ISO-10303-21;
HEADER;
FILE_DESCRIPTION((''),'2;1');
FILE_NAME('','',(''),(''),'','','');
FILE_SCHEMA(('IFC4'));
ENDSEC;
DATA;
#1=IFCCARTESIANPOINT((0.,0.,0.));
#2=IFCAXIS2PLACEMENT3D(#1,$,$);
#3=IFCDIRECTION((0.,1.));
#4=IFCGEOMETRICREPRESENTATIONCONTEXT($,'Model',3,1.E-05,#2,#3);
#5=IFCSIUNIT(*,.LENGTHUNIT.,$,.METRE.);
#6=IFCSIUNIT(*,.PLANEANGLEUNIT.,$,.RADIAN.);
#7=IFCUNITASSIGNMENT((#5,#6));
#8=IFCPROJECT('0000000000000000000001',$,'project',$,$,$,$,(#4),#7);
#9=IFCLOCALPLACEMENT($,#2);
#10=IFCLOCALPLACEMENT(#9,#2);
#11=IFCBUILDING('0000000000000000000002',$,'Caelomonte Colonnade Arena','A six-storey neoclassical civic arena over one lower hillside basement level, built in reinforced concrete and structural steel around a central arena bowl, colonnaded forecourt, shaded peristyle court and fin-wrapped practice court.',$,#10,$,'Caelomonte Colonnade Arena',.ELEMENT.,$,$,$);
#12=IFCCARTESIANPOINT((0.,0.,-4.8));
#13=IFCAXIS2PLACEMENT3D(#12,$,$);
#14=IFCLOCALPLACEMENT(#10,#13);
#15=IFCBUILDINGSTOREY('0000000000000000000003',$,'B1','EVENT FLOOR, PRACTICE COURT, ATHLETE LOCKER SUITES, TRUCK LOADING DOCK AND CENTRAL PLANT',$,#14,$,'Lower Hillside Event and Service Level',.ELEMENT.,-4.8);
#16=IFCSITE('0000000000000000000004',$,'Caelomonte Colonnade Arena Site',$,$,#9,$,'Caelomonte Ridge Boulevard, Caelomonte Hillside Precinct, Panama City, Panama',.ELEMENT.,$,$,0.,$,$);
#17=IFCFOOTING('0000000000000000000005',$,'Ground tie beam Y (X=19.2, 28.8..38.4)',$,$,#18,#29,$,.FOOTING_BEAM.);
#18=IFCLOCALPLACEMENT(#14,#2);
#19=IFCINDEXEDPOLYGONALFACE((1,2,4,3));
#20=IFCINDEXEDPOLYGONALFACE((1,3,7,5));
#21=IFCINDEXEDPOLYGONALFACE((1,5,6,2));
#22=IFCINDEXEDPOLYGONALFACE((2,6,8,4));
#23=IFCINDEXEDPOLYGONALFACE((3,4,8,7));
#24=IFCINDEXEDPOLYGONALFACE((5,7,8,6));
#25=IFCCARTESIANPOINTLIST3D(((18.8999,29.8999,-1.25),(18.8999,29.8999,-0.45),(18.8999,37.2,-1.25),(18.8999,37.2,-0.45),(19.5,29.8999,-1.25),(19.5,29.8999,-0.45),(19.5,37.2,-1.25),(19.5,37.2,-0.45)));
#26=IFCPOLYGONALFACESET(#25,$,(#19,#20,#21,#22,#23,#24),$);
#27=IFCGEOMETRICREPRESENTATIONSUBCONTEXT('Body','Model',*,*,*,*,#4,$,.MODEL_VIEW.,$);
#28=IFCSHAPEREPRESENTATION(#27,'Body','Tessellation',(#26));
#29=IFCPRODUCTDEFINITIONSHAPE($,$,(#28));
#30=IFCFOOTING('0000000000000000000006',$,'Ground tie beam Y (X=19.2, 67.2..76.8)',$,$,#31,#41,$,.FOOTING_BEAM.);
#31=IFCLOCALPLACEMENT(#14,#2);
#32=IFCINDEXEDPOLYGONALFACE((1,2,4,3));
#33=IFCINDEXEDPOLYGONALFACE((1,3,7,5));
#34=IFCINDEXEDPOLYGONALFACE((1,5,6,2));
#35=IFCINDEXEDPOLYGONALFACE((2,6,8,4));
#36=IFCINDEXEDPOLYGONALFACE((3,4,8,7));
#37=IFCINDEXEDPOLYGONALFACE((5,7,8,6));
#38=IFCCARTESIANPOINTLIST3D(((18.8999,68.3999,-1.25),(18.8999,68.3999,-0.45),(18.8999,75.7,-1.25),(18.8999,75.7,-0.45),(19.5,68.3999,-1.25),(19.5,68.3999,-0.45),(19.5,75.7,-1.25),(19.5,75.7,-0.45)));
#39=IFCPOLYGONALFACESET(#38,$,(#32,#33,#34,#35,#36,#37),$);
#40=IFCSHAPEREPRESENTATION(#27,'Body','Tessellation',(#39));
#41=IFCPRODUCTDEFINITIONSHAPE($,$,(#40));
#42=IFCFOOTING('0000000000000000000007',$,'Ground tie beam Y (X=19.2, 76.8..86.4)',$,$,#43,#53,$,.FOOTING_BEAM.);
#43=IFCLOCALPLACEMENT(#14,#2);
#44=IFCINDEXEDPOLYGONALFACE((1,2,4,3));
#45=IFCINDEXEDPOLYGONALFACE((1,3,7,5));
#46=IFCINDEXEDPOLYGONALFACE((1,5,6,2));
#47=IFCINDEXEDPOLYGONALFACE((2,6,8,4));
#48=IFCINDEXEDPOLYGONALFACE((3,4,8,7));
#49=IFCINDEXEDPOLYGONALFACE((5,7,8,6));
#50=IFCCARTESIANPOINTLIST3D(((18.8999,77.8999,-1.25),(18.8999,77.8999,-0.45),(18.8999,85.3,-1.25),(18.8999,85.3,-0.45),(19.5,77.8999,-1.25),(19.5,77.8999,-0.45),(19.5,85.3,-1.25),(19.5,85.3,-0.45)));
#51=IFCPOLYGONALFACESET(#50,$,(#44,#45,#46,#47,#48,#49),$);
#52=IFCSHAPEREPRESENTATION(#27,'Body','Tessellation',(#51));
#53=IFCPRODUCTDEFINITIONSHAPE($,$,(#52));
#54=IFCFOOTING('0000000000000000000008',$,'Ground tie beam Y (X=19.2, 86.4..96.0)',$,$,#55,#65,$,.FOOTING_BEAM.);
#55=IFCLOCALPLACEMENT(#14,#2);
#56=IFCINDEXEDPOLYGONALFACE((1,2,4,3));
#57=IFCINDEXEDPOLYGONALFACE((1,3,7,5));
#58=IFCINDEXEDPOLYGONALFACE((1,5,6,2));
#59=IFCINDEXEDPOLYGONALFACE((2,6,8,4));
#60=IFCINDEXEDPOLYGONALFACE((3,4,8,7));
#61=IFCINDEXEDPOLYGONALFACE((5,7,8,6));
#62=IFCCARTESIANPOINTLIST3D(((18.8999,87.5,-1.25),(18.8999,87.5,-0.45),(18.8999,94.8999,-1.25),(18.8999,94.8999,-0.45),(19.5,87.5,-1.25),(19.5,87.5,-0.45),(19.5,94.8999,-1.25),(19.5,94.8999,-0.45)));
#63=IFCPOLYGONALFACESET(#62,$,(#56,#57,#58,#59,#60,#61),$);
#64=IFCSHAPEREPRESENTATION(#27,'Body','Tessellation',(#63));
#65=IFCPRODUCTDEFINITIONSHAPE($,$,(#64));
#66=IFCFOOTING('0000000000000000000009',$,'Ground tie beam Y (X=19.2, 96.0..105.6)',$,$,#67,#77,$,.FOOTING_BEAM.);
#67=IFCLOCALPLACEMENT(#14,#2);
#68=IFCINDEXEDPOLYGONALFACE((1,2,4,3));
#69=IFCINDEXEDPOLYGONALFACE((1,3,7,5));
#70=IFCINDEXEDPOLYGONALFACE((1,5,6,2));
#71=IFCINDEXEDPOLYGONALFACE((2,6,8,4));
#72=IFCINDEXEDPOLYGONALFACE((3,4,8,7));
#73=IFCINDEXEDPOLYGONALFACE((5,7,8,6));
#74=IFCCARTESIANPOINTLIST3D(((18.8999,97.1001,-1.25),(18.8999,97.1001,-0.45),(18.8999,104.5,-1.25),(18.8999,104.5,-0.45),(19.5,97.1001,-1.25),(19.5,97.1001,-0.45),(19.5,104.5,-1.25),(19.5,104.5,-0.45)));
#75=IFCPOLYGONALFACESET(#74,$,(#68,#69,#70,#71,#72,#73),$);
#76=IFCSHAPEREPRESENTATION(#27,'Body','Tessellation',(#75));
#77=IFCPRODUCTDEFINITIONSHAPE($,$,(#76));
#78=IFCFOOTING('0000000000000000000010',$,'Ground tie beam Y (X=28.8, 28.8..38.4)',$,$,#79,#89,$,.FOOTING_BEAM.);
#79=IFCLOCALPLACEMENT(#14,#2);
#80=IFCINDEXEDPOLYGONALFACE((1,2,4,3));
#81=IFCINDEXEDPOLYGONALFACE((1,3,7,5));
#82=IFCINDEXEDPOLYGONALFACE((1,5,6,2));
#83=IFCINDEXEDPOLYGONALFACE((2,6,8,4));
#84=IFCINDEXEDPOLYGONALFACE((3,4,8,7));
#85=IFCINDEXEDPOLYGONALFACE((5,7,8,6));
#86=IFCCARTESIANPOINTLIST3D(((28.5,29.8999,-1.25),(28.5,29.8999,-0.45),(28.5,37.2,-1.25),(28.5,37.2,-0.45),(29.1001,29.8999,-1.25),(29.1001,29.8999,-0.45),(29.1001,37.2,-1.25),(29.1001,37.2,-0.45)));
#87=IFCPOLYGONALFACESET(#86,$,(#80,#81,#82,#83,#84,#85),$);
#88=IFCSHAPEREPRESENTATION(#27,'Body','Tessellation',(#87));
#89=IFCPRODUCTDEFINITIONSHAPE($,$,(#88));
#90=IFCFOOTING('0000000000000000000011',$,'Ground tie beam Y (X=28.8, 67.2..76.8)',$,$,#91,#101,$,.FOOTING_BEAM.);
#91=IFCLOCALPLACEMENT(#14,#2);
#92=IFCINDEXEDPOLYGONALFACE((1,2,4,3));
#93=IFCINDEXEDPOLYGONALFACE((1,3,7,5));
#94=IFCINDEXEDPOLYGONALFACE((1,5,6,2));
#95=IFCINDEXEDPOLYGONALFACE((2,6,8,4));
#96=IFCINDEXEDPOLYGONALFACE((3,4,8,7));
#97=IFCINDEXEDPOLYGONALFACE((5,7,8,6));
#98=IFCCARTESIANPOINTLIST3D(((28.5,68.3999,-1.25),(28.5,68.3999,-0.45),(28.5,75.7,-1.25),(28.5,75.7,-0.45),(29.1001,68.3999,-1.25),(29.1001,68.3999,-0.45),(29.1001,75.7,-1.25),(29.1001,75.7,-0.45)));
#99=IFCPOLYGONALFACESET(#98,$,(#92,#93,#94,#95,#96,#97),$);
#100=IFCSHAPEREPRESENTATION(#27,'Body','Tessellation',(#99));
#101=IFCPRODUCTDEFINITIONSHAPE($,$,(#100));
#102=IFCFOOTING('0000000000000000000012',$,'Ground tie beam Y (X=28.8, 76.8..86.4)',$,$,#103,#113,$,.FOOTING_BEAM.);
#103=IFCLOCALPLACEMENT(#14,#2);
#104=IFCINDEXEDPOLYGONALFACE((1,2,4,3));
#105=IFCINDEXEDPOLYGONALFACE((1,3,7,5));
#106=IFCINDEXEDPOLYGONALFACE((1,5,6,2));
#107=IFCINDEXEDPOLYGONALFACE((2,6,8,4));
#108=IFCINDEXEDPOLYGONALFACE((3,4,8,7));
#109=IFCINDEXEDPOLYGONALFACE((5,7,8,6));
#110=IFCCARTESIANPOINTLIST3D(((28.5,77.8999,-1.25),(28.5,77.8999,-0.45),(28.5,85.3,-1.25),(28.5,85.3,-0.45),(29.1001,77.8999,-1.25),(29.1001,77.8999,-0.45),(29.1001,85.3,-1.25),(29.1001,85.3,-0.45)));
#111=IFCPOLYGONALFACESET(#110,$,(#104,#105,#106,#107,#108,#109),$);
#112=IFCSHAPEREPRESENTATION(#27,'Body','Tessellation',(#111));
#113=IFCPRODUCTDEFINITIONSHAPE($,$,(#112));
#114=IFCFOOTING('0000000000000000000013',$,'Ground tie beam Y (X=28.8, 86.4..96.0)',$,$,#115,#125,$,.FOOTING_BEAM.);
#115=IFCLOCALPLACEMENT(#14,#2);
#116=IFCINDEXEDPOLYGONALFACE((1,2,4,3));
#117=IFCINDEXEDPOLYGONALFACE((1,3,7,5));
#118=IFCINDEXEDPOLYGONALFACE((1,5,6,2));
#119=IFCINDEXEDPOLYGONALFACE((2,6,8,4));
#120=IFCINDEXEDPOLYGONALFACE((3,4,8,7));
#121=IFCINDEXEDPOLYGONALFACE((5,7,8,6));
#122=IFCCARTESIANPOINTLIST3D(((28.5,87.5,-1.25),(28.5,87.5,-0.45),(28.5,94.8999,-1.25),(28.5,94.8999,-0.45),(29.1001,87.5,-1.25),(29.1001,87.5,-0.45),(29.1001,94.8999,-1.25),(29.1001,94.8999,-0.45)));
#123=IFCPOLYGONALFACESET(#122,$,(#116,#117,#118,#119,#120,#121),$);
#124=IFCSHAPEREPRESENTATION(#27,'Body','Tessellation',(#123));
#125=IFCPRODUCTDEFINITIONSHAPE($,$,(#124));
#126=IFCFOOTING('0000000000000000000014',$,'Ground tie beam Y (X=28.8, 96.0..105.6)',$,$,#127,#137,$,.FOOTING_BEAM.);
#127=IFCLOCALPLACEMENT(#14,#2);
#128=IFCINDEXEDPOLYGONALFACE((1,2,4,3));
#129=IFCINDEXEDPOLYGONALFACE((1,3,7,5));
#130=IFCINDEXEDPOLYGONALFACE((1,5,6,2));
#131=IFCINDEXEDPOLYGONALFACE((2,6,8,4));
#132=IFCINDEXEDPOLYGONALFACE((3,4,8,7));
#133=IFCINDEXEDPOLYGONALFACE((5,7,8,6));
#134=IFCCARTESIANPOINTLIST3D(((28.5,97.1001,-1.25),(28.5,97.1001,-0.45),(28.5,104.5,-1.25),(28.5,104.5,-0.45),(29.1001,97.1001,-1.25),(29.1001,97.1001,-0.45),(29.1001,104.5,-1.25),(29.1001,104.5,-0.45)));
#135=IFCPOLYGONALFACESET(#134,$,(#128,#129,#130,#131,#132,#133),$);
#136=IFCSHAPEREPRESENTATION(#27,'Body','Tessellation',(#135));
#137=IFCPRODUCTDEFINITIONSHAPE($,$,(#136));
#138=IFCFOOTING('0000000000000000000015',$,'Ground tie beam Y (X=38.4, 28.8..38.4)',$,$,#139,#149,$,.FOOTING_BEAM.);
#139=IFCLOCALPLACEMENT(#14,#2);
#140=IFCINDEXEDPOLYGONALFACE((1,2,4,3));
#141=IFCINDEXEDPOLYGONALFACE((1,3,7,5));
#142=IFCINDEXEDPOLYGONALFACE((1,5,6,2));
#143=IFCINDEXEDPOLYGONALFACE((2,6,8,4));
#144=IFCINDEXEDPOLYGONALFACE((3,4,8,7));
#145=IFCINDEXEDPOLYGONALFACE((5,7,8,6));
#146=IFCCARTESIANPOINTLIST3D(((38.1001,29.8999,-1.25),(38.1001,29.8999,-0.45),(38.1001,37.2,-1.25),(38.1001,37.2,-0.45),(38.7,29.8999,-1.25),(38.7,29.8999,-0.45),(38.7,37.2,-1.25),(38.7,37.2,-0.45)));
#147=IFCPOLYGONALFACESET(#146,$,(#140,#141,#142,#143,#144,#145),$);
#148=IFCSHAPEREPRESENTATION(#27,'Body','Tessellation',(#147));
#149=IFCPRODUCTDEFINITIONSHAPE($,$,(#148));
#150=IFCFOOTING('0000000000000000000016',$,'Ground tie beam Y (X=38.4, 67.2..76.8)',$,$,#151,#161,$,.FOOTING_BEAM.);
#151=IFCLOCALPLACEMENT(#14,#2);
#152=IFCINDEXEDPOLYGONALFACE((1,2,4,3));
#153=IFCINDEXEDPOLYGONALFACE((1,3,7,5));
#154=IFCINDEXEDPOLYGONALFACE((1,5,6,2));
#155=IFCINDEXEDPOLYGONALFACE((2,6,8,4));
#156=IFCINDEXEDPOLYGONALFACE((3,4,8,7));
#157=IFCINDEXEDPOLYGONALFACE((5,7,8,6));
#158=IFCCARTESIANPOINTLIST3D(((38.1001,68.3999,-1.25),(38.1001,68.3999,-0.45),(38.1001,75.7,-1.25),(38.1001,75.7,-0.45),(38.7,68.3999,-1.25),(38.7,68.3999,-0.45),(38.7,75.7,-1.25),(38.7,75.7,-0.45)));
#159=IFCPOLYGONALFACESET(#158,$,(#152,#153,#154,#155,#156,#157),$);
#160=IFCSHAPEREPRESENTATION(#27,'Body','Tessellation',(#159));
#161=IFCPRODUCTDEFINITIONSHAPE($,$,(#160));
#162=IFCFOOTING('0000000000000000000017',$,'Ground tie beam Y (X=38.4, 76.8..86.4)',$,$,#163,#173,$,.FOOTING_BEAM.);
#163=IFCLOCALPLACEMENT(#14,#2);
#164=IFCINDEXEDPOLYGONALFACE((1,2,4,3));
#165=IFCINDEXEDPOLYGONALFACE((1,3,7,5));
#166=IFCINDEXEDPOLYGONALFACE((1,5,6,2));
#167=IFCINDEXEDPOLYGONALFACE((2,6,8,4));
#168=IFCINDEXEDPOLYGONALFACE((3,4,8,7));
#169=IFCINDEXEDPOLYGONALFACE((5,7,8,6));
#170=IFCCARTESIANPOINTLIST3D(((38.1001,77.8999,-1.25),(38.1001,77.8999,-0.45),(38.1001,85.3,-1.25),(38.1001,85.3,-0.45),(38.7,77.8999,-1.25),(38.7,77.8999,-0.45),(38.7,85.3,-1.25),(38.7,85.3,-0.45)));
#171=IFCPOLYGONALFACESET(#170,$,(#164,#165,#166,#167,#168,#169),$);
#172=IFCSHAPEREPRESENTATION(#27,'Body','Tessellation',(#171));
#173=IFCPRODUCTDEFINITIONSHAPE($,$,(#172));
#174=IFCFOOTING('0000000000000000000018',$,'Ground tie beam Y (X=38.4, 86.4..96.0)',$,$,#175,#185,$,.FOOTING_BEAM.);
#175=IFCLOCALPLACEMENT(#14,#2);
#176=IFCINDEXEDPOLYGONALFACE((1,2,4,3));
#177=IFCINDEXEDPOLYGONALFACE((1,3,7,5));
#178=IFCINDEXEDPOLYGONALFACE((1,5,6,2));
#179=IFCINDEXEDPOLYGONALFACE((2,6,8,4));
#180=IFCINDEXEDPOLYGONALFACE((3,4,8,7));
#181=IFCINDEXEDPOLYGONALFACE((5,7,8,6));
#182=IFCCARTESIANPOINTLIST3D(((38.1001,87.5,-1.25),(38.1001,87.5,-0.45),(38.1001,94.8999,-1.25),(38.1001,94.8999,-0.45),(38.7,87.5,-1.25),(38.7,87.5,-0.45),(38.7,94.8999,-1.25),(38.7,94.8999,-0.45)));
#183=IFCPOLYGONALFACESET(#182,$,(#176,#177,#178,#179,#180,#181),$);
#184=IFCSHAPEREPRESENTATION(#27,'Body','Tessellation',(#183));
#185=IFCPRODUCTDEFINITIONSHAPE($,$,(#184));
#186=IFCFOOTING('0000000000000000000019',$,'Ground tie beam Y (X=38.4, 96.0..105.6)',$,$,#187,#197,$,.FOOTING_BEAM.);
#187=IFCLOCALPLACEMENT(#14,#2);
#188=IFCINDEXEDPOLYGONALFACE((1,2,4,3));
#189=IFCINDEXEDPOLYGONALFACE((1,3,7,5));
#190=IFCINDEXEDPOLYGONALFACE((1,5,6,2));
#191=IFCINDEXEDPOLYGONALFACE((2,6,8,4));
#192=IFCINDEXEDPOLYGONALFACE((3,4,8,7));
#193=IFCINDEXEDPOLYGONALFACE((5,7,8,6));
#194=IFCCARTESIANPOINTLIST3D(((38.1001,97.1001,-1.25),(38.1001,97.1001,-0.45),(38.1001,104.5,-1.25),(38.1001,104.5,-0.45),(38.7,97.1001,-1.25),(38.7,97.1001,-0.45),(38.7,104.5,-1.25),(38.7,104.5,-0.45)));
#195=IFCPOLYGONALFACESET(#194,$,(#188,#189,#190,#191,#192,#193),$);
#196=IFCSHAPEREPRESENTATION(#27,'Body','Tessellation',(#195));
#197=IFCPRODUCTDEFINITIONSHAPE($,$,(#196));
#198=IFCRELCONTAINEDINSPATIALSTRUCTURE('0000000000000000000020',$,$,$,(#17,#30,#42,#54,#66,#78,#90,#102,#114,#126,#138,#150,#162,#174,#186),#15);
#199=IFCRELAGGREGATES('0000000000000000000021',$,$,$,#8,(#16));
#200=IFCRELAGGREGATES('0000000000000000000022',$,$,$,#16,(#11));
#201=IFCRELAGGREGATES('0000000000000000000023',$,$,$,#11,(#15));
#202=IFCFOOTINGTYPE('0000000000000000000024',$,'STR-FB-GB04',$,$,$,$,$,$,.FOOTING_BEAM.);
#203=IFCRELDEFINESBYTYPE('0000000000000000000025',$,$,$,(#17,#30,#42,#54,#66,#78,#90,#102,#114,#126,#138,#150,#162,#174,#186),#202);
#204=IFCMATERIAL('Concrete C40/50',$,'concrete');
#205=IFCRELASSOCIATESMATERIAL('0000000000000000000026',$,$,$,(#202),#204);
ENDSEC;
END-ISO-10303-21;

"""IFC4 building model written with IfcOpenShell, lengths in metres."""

from ifc_helpers import new_model, si_unit, direction, frame, origin, place, context, subcontext, project, spatial, polyline, outline, extrude, material, type_object, element, save


model = new_model("IFC4")

# Units and contexts
model_context = context("Model", 3, precision=1e-05, world=origin(), true_north=direction((0.0, 1.0)))
body_context = subcontext(model_context, "Body", "Model", "MODEL_VIEW")
ifc_project = project(units=[si_unit("LENGTHUNIT", "METRE"), si_unit("PLANEANGLEUNIT", "RADIAN")], contexts=[model_context])

# Site, building, storey
site_placement = place(None, origin())
site = spatial("IfcSite", under=ifc_project, at=site_placement, Name="Caelomonte Colonnade Arena Site", LongName="Caelomonte Ridge Boulevard, Caelomonte Hillside Precinct, Panama City, Panama", CompositionType="ELEMENT", RefElevation=0.0)
building_placement = place(site_placement, origin())
building = spatial("IfcBuilding", under=site, at=building_placement, Name="Caelomonte Colonnade Arena", Description="A six-storey neoclassical civic arena over one lower hillside basement level, built in reinforced concrete and structural steel around a central arena bowl, colonnaded forecourt, shaded peristyle court and fin-wrapped practice court.", LongName="Caelomonte Colonnade Arena", CompositionType="ELEMENT")
storey_placement = place(building_placement, frame((0.0, 0.0, -4.8)))
storey = spatial("IfcBuildingStorey", under=building, at=storey_placement, Name="B1", Description="EVENT FLOOR, PRACTICE COURT, ATHLETE LOCKER SUITES, TRUCK LOADING DOCK AND CENTRAL PLANT", LongName="Lower Hillside Event and Service Level", CompositionType="ELEMENT", Elevation=-4.8)

# Footings
ifc_material = material(Name="Concrete C40/50", Category="concrete")
footing_type = type_object("IfcFootingType", Name="STR-FB-GB04", PredefinedType="FOOTING_BEAM", material=ifc_material)
footing_1_placement = place(storey_placement, frame((0.0, 0.0, -1.25)))
element("IfcFooting", 1, at=footing_1_placement, inside=storey, type_object=footing_type, Name="Ground tie beam Y (X=19.2, 28.8..38.4)", PredefinedType="FOOTING_BEAM", context=body_context, shape_type="SweptSolid", body=[
    extrude(outline(polyline([(18.8999, 29.8999), (19.5, 29.8999), (19.5, 37.2), (18.8999, 37.2), (18.8999, 29.8999)])), origin(), (0.0, 0.0, 1.0), 0.8),
])
footing_2_placement = place(storey_placement, frame((0.0, 0.0, -1.25)))
element("IfcFooting", 2, at=footing_2_placement, inside=storey, type_object=footing_type, Name="Ground tie beam Y (X=19.2, 67.2..76.8)", PredefinedType="FOOTING_BEAM", context=body_context, shape_type="SweptSolid", body=[
    extrude(outline(polyline([(18.8999, 68.3999), (19.5, 68.3999), (19.5, 75.7), (18.8999, 75.7), (18.8999, 68.3999)])), origin(), (0.0, 0.0, 1.0), 0.8),
])
footing_3_placement = place(storey_placement, frame((0.0, 0.0, -1.25)))
element("IfcFooting", 3, at=footing_3_placement, inside=storey, type_object=footing_type, Name="Ground tie beam Y (X=19.2, 76.8..86.4)", PredefinedType="FOOTING_BEAM", context=body_context, shape_type="SweptSolid", body=[
    extrude(outline(polyline([(18.8999, 77.8999), (19.5, 77.8999), (19.5, 85.3), (18.8999, 85.3), (18.8999, 77.8999)])), origin(), (0.0, 0.0, 1.0), 0.8),
])
footing_4_placement = place(storey_placement, frame((0.0, 0.0, -1.25)))
element("IfcFooting", 4, at=footing_4_placement, inside=storey, type_object=footing_type, Name="Ground tie beam Y (X=19.2, 86.4..96.0)", PredefinedType="FOOTING_BEAM", context=body_context, shape_type="SweptSolid", body=[
    extrude(outline(polyline([(18.8999, 87.5), (19.5, 87.5), (19.5, 94.8999), (18.8999, 94.8999), (18.8999, 87.5)])), origin(), (0.0, 0.0, 1.0), 0.8),
])
footing_5_placement = place(storey_placement, frame((0.0, 0.0, -1.25)))
element("IfcFooting", 5, at=footing_5_placement, inside=storey, type_object=footing_type, Name="Ground tie beam Y (X=19.2, 96.0..105.6)", PredefinedType="FOOTING_BEAM", context=body_context, shape_type="SweptSolid", body=[
    extrude(outline(polyline([(18.8999, 97.1001), (19.5, 97.1001), (19.5, 104.5), (18.8999, 104.5), (18.8999, 97.1001)])), origin(), (0.0, 0.0, 1.0), 0.8),
])
footing_6_placement = place(storey_placement, frame((0.0, 0.0, -1.25)))
element("IfcFooting", 6, at=footing_6_placement, inside=storey, type_object=footing_type, Name="Ground tie beam Y (X=28.8, 28.8..38.4)", PredefinedType="FOOTING_BEAM", context=body_context, shape_type="SweptSolid", body=[
    extrude(outline(polyline([(28.5, 29.8999), (29.1001, 29.8999), (29.1001, 37.2), (28.5, 37.2), (28.5, 29.8999)])), origin(), (0.0, 0.0, 1.0), 0.8),
])
footing_7_placement = place(storey_placement, frame((0.0, 0.0, -1.25)))
element("IfcFooting", 7, at=footing_7_placement, inside=storey, type_object=footing_type, Name="Ground tie beam Y (X=28.8, 67.2..76.8)", PredefinedType="FOOTING_BEAM", context=body_context, shape_type="SweptSolid", body=[
    extrude(outline(polyline([(28.5, 68.3999), (29.1001, 68.3999), (29.1001, 75.7), (28.5, 75.7), (28.5, 68.3999)])), origin(), (0.0, 0.0, 1.0), 0.8),
])
footing_8_placement = place(storey_placement, frame((0.0, 0.0, -1.25)))
element("IfcFooting", 8, at=footing_8_placement, inside=storey, type_object=footing_type, Name="Ground tie beam Y (X=28.8, 76.8..86.4)", PredefinedType="FOOTING_BEAM", context=body_context, shape_type="SweptSolid", body=[
    extrude(outline(polyline([(28.5, 77.8999), (29.1001, 77.8999), (29.1001, 85.3), (28.5, 85.3), (28.5, 77.8999)])), origin(), (0.0, 0.0, 1.0), 0.8),
])
footing_9_placement = place(storey_placement, frame((0.0, 0.0, -1.25)))
element("IfcFooting", 9, at=footing_9_placement, inside=storey, type_object=footing_type, Name="Ground tie beam Y (X=28.8, 86.4..96.0)", PredefinedType="FOOTING_BEAM", context=body_context, shape_type="SweptSolid", body=[
    extrude(outline(polyline([(28.5, 87.5), (29.1001, 87.5), (29.1001, 94.8999), (28.5, 94.8999), (28.5, 87.5)])), origin(), (0.0, 0.0, 1.0), 0.8),
])
footing_10_placement = place(storey_placement, frame((0.0, 0.0, -1.25)))
element("IfcFooting", 10, at=footing_10_placement, inside=storey, type_object=footing_type, Name="Ground tie beam Y (X=28.8, 96.0..105.6)", PredefinedType="FOOTING_BEAM", context=body_context, shape_type="SweptSolid", body=[
    extrude(outline(polyline([(28.5, 97.1001), (29.1001, 97.1001), (29.1001, 104.5), (28.5, 104.5), (28.5, 97.1001)])), origin(), (0.0, 0.0, 1.0), 0.8),
])
footing_11_placement = place(storey_placement, frame((0.0, 0.0, -1.25)))
element("IfcFooting", 11, at=footing_11_placement, inside=storey, type_object=footing_type, Name="Ground tie beam Y (X=38.4, 28.8..38.4)", PredefinedType="FOOTING_BEAM", context=body_context, shape_type="SweptSolid", body=[
    extrude(outline(polyline([(38.1001, 29.8999), (38.7, 29.8999), (38.7, 37.2), (38.1001, 37.2), (38.1001, 29.8999)])), origin(), (0.0, 0.0, 1.0), 0.8),
])
footing_12_placement = place(storey_placement, frame((0.0, 0.0, -1.25)))
element("IfcFooting", 12, at=footing_12_placement, inside=storey, type_object=footing_type, Name="Ground tie beam Y (X=38.4, 67.2..76.8)", PredefinedType="FOOTING_BEAM", context=body_context, shape_type="SweptSolid", body=[
    extrude(outline(polyline([(38.1001, 68.3999), (38.7, 68.3999), (38.7, 75.7), (38.1001, 75.7), (38.1001, 68.3999)])), origin(), (0.0, 0.0, 1.0), 0.8),
])
footing_13_placement = place(storey_placement, frame((0.0, 0.0, -1.25)))
element("IfcFooting", 13, at=footing_13_placement, inside=storey, type_object=footing_type, Name="Ground tie beam Y (X=38.4, 76.8..86.4)", PredefinedType="FOOTING_BEAM", context=body_context, shape_type="SweptSolid", body=[
    extrude(outline(polyline([(38.1001, 77.8999), (38.7, 77.8999), (38.7, 85.3), (38.1001, 85.3), (38.1001, 77.8999)])), origin(), (0.0, 0.0, 1.0), 0.8),
])
footing_14_placement = place(storey_placement, frame((0.0, 0.0, -1.25)))
element("IfcFooting", 14, at=footing_14_placement, inside=storey, type_object=footing_type, Name="Ground tie beam Y (X=38.4, 86.4..96.0)", PredefinedType="FOOTING_BEAM", context=body_context, shape_type="SweptSolid", body=[
    extrude(outline(polyline([(38.1001, 87.5), (38.7, 87.5), (38.7, 94.8999), (38.1001, 94.8999), (38.1001, 87.5)])), origin(), (0.0, 0.0, 1.0), 0.8),
])
footing_15_placement = place(storey_placement, frame((0.0, 0.0, -1.25)))
element("IfcFooting", 15, at=footing_15_placement, inside=storey, type_object=footing_type, Name="Ground tie beam Y (X=38.4, 96.0..105.6)", PredefinedType="FOOTING_BEAM", context=body_context, shape_type="SweptSolid", body=[
    extrude(outline(polyline([(38.1001, 97.1001), (38.7, 97.1001), (38.7, 104.5), (38.1001, 104.5), (38.1001, 97.1001)])), origin(), (0.0, 0.0, 1.0), 0.8),
])

save(model, "model.ifc")
